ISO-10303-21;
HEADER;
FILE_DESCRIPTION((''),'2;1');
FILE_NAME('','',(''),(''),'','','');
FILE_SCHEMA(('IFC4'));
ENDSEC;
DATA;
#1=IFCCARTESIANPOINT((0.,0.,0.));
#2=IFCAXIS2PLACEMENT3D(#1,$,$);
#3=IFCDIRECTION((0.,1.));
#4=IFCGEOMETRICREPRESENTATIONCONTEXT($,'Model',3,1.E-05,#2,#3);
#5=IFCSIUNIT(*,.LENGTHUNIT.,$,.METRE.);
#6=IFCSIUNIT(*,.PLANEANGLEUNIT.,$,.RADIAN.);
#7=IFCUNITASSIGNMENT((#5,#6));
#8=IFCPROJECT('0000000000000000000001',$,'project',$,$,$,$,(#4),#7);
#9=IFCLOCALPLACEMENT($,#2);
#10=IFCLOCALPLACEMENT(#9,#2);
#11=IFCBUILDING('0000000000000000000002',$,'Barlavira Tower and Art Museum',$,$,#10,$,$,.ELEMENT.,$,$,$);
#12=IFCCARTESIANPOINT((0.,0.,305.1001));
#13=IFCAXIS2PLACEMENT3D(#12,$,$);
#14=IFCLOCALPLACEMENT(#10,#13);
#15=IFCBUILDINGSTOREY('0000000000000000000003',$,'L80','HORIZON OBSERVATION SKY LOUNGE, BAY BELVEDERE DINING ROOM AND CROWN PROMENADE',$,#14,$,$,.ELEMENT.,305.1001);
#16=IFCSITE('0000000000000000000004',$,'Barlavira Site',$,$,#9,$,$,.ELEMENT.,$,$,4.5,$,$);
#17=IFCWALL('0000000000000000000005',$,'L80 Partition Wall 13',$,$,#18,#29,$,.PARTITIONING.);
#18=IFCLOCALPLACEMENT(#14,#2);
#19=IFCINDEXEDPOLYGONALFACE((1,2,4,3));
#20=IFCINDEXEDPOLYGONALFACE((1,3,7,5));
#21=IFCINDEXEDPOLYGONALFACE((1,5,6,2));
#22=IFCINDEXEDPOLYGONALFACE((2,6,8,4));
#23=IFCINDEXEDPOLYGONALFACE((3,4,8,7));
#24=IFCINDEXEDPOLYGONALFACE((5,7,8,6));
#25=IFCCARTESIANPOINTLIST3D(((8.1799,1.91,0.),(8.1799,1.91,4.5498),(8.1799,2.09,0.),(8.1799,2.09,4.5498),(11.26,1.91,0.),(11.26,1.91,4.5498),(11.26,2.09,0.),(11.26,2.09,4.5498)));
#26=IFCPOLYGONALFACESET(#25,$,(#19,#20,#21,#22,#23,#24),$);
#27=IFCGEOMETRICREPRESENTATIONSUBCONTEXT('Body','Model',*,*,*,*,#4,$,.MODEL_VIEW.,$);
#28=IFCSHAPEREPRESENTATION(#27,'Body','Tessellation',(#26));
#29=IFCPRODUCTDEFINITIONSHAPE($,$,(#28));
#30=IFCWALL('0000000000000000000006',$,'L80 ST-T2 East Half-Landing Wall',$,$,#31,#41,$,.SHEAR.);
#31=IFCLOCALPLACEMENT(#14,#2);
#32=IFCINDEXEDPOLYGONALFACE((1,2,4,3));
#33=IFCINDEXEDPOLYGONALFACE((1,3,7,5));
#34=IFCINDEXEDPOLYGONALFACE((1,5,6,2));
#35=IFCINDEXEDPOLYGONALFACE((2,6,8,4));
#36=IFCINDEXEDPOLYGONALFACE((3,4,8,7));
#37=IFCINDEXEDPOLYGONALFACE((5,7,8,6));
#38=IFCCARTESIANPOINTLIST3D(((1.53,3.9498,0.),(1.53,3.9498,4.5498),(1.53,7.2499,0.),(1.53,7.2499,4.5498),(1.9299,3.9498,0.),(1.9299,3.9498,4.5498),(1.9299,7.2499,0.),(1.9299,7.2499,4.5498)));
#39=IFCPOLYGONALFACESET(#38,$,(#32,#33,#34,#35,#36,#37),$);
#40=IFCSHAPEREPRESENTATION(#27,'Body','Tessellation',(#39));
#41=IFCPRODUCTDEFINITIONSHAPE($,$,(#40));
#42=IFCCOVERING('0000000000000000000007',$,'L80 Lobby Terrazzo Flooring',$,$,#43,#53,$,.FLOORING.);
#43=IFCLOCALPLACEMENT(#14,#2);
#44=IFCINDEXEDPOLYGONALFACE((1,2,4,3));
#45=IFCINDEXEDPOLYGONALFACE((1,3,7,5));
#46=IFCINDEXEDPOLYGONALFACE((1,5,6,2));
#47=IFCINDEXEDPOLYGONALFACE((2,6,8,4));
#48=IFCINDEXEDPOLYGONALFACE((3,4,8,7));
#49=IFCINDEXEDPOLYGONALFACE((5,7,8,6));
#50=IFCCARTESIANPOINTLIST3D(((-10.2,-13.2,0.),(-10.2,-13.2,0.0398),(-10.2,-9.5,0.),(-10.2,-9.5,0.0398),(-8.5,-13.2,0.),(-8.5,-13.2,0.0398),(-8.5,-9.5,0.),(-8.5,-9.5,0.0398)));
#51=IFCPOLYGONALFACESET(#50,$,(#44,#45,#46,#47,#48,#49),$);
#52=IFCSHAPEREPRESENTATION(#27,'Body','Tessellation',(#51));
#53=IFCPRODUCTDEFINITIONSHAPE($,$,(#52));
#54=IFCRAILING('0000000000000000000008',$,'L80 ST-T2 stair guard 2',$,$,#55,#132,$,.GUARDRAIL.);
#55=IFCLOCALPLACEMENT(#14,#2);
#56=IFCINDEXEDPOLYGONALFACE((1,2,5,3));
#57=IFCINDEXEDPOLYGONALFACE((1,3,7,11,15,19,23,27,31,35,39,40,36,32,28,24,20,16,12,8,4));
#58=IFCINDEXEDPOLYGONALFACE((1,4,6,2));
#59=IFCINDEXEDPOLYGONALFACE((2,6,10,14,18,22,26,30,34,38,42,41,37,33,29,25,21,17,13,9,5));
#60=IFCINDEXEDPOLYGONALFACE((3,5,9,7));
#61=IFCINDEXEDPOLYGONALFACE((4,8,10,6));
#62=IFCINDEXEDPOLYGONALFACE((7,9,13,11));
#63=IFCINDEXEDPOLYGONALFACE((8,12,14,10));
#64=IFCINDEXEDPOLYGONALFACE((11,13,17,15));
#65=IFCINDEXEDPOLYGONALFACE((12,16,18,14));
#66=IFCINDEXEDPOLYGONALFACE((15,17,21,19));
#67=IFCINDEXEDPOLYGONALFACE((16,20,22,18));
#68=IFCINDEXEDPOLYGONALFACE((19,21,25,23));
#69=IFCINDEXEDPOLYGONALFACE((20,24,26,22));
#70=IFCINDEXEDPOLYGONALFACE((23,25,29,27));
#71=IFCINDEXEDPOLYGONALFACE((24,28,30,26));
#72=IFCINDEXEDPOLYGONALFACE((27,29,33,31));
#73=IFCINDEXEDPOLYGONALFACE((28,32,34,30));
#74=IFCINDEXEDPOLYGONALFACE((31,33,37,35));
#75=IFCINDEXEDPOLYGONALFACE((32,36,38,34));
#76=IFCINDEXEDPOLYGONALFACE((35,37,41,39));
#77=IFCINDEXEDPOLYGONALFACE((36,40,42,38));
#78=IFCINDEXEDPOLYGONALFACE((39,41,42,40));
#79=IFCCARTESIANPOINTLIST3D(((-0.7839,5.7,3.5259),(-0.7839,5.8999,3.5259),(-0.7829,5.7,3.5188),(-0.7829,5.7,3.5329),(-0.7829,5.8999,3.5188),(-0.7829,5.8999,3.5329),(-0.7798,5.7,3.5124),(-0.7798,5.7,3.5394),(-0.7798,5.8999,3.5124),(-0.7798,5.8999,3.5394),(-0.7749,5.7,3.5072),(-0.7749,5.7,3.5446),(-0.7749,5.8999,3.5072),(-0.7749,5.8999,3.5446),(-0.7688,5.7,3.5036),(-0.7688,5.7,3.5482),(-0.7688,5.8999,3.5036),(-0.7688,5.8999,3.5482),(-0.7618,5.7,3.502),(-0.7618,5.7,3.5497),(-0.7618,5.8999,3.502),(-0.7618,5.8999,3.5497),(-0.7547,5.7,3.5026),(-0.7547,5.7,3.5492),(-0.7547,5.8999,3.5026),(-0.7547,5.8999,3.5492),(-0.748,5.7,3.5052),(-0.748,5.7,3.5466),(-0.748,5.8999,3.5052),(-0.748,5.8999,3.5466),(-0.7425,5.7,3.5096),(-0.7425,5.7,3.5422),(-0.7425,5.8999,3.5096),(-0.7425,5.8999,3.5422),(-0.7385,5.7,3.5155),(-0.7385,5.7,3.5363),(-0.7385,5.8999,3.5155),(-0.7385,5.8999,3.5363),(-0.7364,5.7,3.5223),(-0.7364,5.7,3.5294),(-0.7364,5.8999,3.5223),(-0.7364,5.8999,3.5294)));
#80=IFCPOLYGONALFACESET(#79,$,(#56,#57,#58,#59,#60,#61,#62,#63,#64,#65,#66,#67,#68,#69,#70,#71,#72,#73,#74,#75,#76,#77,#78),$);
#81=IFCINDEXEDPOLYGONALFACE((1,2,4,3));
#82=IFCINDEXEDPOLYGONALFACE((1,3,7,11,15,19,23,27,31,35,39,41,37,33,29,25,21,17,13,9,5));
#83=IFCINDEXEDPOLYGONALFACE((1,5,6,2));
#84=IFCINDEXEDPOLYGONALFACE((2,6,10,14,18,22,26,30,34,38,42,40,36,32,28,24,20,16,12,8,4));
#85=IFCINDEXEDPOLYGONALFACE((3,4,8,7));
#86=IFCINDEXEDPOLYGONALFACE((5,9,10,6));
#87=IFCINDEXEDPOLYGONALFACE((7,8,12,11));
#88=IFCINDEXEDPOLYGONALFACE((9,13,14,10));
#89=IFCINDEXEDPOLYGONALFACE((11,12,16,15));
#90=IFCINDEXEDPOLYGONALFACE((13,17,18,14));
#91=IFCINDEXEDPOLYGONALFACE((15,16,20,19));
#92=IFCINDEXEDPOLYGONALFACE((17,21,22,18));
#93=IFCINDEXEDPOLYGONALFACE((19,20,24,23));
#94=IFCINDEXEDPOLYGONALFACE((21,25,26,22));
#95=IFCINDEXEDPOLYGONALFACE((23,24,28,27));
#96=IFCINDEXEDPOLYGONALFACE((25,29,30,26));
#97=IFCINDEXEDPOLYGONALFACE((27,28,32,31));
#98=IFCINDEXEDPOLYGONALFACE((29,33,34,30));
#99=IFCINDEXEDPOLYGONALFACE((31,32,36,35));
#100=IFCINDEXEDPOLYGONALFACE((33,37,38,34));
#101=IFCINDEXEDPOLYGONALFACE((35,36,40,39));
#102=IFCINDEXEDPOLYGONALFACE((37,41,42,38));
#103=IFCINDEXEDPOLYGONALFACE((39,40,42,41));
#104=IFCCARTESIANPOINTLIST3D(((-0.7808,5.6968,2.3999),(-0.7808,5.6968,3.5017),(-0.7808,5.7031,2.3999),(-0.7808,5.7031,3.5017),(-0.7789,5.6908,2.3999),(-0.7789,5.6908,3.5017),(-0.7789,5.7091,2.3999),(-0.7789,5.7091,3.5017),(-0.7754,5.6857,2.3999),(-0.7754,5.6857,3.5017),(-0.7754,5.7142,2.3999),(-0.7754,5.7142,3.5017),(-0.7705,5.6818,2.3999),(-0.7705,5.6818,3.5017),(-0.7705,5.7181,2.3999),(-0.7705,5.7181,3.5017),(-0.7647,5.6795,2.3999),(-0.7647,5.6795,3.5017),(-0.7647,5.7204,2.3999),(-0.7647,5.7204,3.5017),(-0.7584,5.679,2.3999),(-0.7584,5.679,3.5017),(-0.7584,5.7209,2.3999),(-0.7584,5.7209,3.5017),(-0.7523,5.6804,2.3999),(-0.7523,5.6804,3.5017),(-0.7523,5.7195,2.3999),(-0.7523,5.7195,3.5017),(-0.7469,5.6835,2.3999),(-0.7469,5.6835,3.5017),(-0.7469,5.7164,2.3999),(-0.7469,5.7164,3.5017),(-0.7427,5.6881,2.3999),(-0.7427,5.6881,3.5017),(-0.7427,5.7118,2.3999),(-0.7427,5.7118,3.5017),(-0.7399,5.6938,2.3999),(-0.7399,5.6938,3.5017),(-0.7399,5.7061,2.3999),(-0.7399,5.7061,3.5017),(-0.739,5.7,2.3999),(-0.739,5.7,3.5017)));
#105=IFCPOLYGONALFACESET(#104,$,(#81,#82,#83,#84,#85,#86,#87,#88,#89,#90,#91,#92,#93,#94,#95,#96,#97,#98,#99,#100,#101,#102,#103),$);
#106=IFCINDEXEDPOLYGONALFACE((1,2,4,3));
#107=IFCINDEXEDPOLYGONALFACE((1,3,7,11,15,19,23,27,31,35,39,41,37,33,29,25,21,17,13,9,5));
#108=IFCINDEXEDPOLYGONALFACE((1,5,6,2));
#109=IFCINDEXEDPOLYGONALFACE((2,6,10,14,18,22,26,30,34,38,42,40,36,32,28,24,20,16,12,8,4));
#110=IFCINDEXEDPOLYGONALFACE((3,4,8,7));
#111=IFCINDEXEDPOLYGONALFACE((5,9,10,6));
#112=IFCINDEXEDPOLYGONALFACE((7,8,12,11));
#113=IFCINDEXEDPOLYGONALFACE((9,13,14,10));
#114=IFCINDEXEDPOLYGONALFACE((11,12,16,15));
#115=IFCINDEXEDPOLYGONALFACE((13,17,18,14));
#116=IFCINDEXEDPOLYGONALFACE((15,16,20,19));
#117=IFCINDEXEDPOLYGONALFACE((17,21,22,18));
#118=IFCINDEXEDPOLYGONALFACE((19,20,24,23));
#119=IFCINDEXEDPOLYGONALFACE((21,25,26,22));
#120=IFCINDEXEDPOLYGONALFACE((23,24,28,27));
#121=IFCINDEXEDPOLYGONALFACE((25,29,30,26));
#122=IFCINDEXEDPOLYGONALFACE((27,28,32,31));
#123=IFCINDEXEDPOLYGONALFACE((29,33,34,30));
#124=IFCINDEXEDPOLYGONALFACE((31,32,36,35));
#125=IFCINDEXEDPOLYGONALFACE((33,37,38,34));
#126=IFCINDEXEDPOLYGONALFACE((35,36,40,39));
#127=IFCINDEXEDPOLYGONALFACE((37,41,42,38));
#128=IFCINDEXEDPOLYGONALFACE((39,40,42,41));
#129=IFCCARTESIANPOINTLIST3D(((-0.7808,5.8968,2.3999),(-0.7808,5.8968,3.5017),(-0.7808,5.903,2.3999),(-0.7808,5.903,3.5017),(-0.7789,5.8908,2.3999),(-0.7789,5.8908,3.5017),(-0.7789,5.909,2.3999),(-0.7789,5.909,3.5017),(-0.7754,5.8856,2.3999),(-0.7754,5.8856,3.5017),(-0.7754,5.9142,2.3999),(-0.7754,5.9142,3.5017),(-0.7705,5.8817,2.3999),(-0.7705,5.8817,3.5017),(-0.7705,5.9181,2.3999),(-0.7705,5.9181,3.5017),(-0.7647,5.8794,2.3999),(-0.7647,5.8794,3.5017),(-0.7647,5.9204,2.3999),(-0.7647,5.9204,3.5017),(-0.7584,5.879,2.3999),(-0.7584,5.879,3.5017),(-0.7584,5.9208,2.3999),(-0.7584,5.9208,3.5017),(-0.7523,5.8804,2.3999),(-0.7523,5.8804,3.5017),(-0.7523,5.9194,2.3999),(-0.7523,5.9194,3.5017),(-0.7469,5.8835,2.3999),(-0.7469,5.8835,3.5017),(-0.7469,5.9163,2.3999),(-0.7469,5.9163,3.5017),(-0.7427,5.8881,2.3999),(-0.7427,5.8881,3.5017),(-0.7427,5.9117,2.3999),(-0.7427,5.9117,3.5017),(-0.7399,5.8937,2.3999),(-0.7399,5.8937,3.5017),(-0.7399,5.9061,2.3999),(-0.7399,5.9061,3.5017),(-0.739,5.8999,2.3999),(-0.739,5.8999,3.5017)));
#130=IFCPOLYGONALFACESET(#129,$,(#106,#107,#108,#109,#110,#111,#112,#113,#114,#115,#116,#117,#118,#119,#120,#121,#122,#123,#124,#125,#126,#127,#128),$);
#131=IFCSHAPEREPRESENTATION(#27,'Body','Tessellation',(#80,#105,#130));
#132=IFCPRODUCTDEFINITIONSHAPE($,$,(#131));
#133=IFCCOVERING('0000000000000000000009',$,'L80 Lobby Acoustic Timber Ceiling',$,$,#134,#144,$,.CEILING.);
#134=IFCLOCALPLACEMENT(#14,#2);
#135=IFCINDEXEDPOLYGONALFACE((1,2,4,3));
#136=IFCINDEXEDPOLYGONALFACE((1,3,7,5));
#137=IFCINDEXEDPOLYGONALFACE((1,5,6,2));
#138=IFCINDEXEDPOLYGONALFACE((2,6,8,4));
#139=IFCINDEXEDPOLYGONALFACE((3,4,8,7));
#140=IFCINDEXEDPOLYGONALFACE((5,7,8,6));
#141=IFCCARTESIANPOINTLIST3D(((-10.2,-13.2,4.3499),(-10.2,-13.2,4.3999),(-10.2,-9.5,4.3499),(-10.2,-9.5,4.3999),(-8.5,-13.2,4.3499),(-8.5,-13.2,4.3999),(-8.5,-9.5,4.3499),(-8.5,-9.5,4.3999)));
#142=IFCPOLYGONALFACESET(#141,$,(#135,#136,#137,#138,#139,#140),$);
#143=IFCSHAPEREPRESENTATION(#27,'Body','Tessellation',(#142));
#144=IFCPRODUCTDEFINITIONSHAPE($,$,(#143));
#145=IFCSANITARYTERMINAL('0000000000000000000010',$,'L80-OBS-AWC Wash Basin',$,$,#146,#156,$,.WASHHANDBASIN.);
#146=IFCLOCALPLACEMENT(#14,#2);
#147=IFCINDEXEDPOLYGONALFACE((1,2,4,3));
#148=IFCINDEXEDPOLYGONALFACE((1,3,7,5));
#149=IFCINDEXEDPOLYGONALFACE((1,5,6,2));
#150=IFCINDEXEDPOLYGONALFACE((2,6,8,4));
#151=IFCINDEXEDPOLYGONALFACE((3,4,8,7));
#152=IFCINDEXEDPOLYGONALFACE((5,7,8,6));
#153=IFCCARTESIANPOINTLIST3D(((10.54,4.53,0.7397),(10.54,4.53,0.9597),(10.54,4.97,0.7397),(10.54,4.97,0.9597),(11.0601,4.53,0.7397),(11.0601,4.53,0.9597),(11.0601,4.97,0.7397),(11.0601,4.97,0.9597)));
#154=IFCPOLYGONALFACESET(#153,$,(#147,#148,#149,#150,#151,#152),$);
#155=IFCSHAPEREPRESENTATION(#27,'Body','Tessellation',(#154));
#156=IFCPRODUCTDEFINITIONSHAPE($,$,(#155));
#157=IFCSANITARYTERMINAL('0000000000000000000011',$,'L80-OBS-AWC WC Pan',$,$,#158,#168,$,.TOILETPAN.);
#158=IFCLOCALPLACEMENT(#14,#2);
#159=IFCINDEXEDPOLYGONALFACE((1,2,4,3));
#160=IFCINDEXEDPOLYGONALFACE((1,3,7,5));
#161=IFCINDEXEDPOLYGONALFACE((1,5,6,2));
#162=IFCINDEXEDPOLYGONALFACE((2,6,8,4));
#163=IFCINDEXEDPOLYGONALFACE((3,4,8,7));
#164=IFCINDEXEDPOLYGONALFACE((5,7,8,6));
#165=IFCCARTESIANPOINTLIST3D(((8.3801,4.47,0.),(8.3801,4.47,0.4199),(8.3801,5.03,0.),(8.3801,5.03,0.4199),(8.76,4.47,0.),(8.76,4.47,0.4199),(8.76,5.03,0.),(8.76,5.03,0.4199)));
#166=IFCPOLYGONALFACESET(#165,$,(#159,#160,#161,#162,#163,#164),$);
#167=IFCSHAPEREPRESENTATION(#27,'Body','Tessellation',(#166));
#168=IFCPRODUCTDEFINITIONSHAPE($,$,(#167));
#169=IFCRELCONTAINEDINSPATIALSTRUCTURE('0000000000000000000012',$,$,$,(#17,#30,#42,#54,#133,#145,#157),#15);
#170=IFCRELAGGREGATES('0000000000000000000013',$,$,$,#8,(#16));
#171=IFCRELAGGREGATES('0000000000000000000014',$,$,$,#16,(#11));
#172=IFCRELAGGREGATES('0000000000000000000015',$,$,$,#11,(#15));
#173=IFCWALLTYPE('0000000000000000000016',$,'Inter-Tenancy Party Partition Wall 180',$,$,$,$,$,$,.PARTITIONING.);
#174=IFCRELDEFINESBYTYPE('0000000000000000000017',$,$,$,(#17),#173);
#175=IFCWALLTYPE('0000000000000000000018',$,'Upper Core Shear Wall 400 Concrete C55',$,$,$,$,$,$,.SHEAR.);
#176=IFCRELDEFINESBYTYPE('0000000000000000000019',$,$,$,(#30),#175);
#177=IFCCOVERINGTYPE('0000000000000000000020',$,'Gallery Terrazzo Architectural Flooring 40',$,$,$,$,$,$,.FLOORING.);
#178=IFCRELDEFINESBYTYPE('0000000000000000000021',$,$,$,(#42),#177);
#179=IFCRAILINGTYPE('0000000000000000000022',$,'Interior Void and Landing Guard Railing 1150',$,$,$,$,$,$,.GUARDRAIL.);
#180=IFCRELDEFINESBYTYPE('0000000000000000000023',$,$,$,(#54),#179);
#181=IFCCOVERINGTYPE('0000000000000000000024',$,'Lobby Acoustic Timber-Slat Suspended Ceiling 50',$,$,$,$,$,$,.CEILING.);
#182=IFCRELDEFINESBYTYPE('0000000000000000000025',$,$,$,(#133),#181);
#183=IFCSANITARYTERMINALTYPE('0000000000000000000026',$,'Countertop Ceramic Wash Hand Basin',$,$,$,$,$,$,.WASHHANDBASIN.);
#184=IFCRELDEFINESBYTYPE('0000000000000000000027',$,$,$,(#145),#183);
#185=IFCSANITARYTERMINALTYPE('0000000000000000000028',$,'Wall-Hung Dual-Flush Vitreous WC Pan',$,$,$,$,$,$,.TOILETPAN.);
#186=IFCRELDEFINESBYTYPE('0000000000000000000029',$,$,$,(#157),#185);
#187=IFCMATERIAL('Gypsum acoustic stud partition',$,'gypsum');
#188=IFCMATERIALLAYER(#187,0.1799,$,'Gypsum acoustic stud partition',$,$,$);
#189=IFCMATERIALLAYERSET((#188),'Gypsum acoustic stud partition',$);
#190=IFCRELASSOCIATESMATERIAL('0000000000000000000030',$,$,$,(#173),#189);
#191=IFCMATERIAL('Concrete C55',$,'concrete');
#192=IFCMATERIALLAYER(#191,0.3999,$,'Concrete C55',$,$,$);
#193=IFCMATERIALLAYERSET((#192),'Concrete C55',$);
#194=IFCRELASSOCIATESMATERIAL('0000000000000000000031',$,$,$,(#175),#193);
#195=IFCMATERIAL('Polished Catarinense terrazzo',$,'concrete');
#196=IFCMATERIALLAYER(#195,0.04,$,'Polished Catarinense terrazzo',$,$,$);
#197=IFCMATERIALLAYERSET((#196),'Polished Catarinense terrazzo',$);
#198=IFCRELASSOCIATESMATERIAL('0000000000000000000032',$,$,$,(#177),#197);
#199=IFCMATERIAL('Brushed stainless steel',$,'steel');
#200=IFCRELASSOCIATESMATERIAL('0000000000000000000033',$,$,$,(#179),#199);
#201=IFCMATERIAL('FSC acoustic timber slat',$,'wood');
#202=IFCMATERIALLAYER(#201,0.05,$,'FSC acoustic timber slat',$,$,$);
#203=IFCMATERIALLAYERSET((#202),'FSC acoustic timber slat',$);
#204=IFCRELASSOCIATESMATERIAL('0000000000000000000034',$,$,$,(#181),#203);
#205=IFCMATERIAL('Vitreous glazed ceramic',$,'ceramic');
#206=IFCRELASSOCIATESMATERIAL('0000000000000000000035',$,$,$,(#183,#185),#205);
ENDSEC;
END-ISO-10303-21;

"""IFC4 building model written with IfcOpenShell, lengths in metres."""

from ifc_helpers import new_model, si_unit, direction, frame, frame_2d, origin, origin_2d, place, context, subcontext, project, spatial, polyline, rectangle, circle, outline, extrude, material, layer, layer_set, type_object, element, save


model = new_model("IFC4")

# Units and contexts
model_context = context("Model", 3, precision=1e-05, world=origin(), true_north=direction((0.0, 1.0)))
body_context = subcontext(model_context, "Body", "Model", "MODEL_VIEW")
ifc_project = project(units=[si_unit("LENGTHUNIT", "METRE"), si_unit("PLANEANGLEUNIT", "RADIAN")], contexts=[model_context])

# Site, building, storey
site_placement = place(None, origin())
site = spatial("IfcSite", under=ifc_project, at=site_placement, Name="Barlavira Site", CompositionType="ELEMENT", RefElevation=4.5)
building_placement = place(site_placement, origin())
building = spatial("IfcBuilding", under=site, at=building_placement, Name="Barlavira Tower and Art Museum", CompositionType="ELEMENT")
storey_placement = place(building_placement, frame((0.0, 0.0, 305.1001)))
storey = spatial("IfcBuildingStorey", under=building, at=storey_placement, Name="L80", Description="HORIZON OBSERVATION SKY LOUNGE, BAY BELVEDERE DINING ROOM AND CROWN PROMENADE", CompositionType="ELEMENT", Elevation=305.1001)

# Shared definitions
ifc_material_1 = material(Name="Brushed stainless steel", Category="steel")

# Walls
ifc_material_2 = material(Name="Gypsum acoustic stud partition", Category="gypsum")
ifc_layer_1 = layer(ifc_material_2, 0.1799, Name="Gypsum acoustic stud partition")
ifc_layer_set_1 = layer_set([ifc_layer_1], Name="Gypsum acoustic stud partition")
wall_type_1 = type_object("IfcWallType", Name="Inter-Tenancy Party Partition Wall 180", PredefinedType="PARTITIONING", material=ifc_layer_set_1)
wall_1_placement = place(storey_placement, frame((8.1799, 2.0, 0.0), z_axis=(0.0, 0.0, 1.0), x_axis=(1.0, 0.0, 0.0)))
element("IfcWall", 1, at=wall_1_placement, inside=storey, type_object=wall_type_1, Name="L80 Partition Wall 13", PredefinedType="PARTITIONING", context=body_context, shape_type="SweptSolid", body=[
    extrude(rectangle(XDim=3.0801, YDim=0.1799, at=frame_2d((1.54, 0.0))), origin(), (0.0, 0.0, 1.0), 4.5498),
])
ifc_material_3 = material(Name="Concrete C55", Category="concrete")
ifc_layer_2 = layer(ifc_material_3, 0.3999, Name="Concrete C55")
ifc_layer_set_2 = layer_set([ifc_layer_2], Name="Concrete C55")
wall_type_2 = type_object("IfcWallType", Name="Upper Core Shear Wall 400 Concrete C55", PredefinedType="SHEAR", material=ifc_layer_set_2)
wall_2_placement = place(storey_placement, frame((1.73, 3.95, 0.0), z_axis=(0.0, 0.0, 1.0), x_axis=(0.0, 1.0, 0.0)))
element("IfcWall", 2, at=wall_2_placement, inside=storey, type_object=wall_type_2, Name="L80 ST-T2 East Half-Landing Wall", PredefinedType="SHEAR", context=body_context, shape_type="SweptSolid", body=[
    extrude(rectangle(XDim=3.3, YDim=0.3999, at=frame_2d((1.6499, 0.0))), origin(), (0.0, 0.0, 1.0), 4.5498),
])

# Covering
ifc_material_4 = material(Name="Polished Catarinense terrazzo", Category="concrete")
ifc_layer_3 = layer(ifc_material_4, 0.04, Name="Polished Catarinense terrazzo")
ifc_layer_set_3 = layer_set([ifc_layer_3], Name="Polished Catarinense terrazzo")
covering_type_1 = type_object("IfcCoveringType", Name="Gallery Terrazzo Architectural Flooring 40", PredefinedType="FLOORING", material=ifc_layer_set_3)
covering_1_placement = place(storey_placement, origin())
element("IfcCovering", 3, at=covering_1_placement, inside=storey, type_object=covering_type_1, Name="L80 Lobby Terrazzo Flooring", PredefinedType="FLOORING", context=body_context, shape_type="SweptSolid", body=[
    extrude(outline(polyline([(-10.2, -13.2), (-8.5, -13.2), (-8.5, -9.5), (-10.2, -9.5), (-10.2, -13.2)])), origin(), (0.0, 0.0, 1.0), 0.0398),
])

# Railing
railing_type = type_object("IfcRailingType", Name="Interior Void and Landing Guard Railing 1150", PredefinedType="GUARDRAIL", material=ifc_material_1)
railing_placement = place(storey_placement, frame((-0.76, 5.7, 2.3999)))
element("IfcRailing", 4, at=railing_placement, inside=storey, type_object=railing_type, Name="L80 ST-T2 stair guard 2", PredefinedType="GUARDRAIL", context=body_context, shape_type="SweptSolid", body=[
    extrude(circle(Radius=0.0239, at=origin_2d()), frame((0.0, 0.0, 1.126), z_axis=(0.0, 1.0, 0.0), x_axis=(-1.0, 0.0, 0.0)), (0.0, 0.0, 1.0), 0.2),
    extrude(circle(Radius=0.021, at=origin_2d()), origin(), (0.0, 0.0, 1.0), 1.1018),
    extrude(circle(Radius=0.021, at=origin_2d()), frame((0.0, 0.2, 0.0)), (0.0, 0.0, 1.0), 1.1018),
])

# Covering
ifc_material_5 = material(Name="FSC acoustic timber slat", Category="wood")
ifc_layer_4 = layer(ifc_material_5, 0.05, Name="FSC acoustic timber slat")
ifc_layer_set_4 = layer_set([ifc_layer_4], Name="FSC acoustic timber slat")
covering_type_2 = type_object("IfcCoveringType", Name="Lobby Acoustic Timber-Slat Suspended Ceiling 50", PredefinedType="CEILING", material=ifc_layer_set_4)
covering_2_placement = place(storey_placement, frame((0.0, 0.0, 4.3499)))
element("IfcCovering", 5, at=covering_2_placement, inside=storey, type_object=covering_type_2, Name="L80 Lobby Acoustic Timber Ceiling", PredefinedType="CEILING", context=body_context, shape_type="SweptSolid", body=[
    extrude(outline(polyline([(-10.2, -13.2), (-8.5, -13.2), (-8.5, -9.5), (-10.2, -9.5), (-10.2, -13.2)])), origin(), (0.0, 0.0, 1.0), 0.05),
])

# Sanitary terminals
ifc_material_6 = material(Name="Vitreous glazed ceramic", Category="ceramic")
sanitary_terminal_type_1 = type_object("IfcSanitaryTerminalType", Name="Countertop Ceramic Wash Hand Basin", PredefinedType="WASHHANDBASIN", material=ifc_material_6)
sanitary_terminal_1_placement = place(storey_placement, frame((10.8, 4.75, 0.7397), z_axis=(0.0, 0.0, 1.0), x_axis=(1.0, 0.0, 0.0)))
element("IfcSanitaryTerminal", 6, at=sanitary_terminal_1_placement, inside=storey, type_object=sanitary_terminal_type_1, Name="L80-OBS-AWC Wash Basin", PredefinedType="WASHHANDBASIN", context=body_context, shape_type="SweptSolid", body=[
    extrude(rectangle(XDim=0.52, YDim=0.4399, at=origin_2d()), origin(), (0.0, 0.0, 1.0), 0.22),
])
sanitary_terminal_type_2 = type_object("IfcSanitaryTerminalType", Name="Wall-Hung Dual-Flush Vitreous WC Pan", PredefinedType="TOILETPAN", material=ifc_material_6)
sanitary_terminal_2_placement = place(storey_placement, frame((8.5701, 4.75, 0.0), z_axis=(0.0, 0.0, 1.0), x_axis=(1.0, 0.0, 0.0)))
element("IfcSanitaryTerminal", 7, at=sanitary_terminal_2_placement, inside=storey, type_object=sanitary_terminal_type_2, Name="L80-OBS-AWC WC Pan", PredefinedType="TOILETPAN", context=body_context, shape_type="SweptSolid", body=[
    extrude(rectangle(XDim=0.3799, YDim=0.5601, at=origin_2d()), origin(), (0.0, 0.0, 1.0), 0.4199),
])

save(model, "model.ifc")
